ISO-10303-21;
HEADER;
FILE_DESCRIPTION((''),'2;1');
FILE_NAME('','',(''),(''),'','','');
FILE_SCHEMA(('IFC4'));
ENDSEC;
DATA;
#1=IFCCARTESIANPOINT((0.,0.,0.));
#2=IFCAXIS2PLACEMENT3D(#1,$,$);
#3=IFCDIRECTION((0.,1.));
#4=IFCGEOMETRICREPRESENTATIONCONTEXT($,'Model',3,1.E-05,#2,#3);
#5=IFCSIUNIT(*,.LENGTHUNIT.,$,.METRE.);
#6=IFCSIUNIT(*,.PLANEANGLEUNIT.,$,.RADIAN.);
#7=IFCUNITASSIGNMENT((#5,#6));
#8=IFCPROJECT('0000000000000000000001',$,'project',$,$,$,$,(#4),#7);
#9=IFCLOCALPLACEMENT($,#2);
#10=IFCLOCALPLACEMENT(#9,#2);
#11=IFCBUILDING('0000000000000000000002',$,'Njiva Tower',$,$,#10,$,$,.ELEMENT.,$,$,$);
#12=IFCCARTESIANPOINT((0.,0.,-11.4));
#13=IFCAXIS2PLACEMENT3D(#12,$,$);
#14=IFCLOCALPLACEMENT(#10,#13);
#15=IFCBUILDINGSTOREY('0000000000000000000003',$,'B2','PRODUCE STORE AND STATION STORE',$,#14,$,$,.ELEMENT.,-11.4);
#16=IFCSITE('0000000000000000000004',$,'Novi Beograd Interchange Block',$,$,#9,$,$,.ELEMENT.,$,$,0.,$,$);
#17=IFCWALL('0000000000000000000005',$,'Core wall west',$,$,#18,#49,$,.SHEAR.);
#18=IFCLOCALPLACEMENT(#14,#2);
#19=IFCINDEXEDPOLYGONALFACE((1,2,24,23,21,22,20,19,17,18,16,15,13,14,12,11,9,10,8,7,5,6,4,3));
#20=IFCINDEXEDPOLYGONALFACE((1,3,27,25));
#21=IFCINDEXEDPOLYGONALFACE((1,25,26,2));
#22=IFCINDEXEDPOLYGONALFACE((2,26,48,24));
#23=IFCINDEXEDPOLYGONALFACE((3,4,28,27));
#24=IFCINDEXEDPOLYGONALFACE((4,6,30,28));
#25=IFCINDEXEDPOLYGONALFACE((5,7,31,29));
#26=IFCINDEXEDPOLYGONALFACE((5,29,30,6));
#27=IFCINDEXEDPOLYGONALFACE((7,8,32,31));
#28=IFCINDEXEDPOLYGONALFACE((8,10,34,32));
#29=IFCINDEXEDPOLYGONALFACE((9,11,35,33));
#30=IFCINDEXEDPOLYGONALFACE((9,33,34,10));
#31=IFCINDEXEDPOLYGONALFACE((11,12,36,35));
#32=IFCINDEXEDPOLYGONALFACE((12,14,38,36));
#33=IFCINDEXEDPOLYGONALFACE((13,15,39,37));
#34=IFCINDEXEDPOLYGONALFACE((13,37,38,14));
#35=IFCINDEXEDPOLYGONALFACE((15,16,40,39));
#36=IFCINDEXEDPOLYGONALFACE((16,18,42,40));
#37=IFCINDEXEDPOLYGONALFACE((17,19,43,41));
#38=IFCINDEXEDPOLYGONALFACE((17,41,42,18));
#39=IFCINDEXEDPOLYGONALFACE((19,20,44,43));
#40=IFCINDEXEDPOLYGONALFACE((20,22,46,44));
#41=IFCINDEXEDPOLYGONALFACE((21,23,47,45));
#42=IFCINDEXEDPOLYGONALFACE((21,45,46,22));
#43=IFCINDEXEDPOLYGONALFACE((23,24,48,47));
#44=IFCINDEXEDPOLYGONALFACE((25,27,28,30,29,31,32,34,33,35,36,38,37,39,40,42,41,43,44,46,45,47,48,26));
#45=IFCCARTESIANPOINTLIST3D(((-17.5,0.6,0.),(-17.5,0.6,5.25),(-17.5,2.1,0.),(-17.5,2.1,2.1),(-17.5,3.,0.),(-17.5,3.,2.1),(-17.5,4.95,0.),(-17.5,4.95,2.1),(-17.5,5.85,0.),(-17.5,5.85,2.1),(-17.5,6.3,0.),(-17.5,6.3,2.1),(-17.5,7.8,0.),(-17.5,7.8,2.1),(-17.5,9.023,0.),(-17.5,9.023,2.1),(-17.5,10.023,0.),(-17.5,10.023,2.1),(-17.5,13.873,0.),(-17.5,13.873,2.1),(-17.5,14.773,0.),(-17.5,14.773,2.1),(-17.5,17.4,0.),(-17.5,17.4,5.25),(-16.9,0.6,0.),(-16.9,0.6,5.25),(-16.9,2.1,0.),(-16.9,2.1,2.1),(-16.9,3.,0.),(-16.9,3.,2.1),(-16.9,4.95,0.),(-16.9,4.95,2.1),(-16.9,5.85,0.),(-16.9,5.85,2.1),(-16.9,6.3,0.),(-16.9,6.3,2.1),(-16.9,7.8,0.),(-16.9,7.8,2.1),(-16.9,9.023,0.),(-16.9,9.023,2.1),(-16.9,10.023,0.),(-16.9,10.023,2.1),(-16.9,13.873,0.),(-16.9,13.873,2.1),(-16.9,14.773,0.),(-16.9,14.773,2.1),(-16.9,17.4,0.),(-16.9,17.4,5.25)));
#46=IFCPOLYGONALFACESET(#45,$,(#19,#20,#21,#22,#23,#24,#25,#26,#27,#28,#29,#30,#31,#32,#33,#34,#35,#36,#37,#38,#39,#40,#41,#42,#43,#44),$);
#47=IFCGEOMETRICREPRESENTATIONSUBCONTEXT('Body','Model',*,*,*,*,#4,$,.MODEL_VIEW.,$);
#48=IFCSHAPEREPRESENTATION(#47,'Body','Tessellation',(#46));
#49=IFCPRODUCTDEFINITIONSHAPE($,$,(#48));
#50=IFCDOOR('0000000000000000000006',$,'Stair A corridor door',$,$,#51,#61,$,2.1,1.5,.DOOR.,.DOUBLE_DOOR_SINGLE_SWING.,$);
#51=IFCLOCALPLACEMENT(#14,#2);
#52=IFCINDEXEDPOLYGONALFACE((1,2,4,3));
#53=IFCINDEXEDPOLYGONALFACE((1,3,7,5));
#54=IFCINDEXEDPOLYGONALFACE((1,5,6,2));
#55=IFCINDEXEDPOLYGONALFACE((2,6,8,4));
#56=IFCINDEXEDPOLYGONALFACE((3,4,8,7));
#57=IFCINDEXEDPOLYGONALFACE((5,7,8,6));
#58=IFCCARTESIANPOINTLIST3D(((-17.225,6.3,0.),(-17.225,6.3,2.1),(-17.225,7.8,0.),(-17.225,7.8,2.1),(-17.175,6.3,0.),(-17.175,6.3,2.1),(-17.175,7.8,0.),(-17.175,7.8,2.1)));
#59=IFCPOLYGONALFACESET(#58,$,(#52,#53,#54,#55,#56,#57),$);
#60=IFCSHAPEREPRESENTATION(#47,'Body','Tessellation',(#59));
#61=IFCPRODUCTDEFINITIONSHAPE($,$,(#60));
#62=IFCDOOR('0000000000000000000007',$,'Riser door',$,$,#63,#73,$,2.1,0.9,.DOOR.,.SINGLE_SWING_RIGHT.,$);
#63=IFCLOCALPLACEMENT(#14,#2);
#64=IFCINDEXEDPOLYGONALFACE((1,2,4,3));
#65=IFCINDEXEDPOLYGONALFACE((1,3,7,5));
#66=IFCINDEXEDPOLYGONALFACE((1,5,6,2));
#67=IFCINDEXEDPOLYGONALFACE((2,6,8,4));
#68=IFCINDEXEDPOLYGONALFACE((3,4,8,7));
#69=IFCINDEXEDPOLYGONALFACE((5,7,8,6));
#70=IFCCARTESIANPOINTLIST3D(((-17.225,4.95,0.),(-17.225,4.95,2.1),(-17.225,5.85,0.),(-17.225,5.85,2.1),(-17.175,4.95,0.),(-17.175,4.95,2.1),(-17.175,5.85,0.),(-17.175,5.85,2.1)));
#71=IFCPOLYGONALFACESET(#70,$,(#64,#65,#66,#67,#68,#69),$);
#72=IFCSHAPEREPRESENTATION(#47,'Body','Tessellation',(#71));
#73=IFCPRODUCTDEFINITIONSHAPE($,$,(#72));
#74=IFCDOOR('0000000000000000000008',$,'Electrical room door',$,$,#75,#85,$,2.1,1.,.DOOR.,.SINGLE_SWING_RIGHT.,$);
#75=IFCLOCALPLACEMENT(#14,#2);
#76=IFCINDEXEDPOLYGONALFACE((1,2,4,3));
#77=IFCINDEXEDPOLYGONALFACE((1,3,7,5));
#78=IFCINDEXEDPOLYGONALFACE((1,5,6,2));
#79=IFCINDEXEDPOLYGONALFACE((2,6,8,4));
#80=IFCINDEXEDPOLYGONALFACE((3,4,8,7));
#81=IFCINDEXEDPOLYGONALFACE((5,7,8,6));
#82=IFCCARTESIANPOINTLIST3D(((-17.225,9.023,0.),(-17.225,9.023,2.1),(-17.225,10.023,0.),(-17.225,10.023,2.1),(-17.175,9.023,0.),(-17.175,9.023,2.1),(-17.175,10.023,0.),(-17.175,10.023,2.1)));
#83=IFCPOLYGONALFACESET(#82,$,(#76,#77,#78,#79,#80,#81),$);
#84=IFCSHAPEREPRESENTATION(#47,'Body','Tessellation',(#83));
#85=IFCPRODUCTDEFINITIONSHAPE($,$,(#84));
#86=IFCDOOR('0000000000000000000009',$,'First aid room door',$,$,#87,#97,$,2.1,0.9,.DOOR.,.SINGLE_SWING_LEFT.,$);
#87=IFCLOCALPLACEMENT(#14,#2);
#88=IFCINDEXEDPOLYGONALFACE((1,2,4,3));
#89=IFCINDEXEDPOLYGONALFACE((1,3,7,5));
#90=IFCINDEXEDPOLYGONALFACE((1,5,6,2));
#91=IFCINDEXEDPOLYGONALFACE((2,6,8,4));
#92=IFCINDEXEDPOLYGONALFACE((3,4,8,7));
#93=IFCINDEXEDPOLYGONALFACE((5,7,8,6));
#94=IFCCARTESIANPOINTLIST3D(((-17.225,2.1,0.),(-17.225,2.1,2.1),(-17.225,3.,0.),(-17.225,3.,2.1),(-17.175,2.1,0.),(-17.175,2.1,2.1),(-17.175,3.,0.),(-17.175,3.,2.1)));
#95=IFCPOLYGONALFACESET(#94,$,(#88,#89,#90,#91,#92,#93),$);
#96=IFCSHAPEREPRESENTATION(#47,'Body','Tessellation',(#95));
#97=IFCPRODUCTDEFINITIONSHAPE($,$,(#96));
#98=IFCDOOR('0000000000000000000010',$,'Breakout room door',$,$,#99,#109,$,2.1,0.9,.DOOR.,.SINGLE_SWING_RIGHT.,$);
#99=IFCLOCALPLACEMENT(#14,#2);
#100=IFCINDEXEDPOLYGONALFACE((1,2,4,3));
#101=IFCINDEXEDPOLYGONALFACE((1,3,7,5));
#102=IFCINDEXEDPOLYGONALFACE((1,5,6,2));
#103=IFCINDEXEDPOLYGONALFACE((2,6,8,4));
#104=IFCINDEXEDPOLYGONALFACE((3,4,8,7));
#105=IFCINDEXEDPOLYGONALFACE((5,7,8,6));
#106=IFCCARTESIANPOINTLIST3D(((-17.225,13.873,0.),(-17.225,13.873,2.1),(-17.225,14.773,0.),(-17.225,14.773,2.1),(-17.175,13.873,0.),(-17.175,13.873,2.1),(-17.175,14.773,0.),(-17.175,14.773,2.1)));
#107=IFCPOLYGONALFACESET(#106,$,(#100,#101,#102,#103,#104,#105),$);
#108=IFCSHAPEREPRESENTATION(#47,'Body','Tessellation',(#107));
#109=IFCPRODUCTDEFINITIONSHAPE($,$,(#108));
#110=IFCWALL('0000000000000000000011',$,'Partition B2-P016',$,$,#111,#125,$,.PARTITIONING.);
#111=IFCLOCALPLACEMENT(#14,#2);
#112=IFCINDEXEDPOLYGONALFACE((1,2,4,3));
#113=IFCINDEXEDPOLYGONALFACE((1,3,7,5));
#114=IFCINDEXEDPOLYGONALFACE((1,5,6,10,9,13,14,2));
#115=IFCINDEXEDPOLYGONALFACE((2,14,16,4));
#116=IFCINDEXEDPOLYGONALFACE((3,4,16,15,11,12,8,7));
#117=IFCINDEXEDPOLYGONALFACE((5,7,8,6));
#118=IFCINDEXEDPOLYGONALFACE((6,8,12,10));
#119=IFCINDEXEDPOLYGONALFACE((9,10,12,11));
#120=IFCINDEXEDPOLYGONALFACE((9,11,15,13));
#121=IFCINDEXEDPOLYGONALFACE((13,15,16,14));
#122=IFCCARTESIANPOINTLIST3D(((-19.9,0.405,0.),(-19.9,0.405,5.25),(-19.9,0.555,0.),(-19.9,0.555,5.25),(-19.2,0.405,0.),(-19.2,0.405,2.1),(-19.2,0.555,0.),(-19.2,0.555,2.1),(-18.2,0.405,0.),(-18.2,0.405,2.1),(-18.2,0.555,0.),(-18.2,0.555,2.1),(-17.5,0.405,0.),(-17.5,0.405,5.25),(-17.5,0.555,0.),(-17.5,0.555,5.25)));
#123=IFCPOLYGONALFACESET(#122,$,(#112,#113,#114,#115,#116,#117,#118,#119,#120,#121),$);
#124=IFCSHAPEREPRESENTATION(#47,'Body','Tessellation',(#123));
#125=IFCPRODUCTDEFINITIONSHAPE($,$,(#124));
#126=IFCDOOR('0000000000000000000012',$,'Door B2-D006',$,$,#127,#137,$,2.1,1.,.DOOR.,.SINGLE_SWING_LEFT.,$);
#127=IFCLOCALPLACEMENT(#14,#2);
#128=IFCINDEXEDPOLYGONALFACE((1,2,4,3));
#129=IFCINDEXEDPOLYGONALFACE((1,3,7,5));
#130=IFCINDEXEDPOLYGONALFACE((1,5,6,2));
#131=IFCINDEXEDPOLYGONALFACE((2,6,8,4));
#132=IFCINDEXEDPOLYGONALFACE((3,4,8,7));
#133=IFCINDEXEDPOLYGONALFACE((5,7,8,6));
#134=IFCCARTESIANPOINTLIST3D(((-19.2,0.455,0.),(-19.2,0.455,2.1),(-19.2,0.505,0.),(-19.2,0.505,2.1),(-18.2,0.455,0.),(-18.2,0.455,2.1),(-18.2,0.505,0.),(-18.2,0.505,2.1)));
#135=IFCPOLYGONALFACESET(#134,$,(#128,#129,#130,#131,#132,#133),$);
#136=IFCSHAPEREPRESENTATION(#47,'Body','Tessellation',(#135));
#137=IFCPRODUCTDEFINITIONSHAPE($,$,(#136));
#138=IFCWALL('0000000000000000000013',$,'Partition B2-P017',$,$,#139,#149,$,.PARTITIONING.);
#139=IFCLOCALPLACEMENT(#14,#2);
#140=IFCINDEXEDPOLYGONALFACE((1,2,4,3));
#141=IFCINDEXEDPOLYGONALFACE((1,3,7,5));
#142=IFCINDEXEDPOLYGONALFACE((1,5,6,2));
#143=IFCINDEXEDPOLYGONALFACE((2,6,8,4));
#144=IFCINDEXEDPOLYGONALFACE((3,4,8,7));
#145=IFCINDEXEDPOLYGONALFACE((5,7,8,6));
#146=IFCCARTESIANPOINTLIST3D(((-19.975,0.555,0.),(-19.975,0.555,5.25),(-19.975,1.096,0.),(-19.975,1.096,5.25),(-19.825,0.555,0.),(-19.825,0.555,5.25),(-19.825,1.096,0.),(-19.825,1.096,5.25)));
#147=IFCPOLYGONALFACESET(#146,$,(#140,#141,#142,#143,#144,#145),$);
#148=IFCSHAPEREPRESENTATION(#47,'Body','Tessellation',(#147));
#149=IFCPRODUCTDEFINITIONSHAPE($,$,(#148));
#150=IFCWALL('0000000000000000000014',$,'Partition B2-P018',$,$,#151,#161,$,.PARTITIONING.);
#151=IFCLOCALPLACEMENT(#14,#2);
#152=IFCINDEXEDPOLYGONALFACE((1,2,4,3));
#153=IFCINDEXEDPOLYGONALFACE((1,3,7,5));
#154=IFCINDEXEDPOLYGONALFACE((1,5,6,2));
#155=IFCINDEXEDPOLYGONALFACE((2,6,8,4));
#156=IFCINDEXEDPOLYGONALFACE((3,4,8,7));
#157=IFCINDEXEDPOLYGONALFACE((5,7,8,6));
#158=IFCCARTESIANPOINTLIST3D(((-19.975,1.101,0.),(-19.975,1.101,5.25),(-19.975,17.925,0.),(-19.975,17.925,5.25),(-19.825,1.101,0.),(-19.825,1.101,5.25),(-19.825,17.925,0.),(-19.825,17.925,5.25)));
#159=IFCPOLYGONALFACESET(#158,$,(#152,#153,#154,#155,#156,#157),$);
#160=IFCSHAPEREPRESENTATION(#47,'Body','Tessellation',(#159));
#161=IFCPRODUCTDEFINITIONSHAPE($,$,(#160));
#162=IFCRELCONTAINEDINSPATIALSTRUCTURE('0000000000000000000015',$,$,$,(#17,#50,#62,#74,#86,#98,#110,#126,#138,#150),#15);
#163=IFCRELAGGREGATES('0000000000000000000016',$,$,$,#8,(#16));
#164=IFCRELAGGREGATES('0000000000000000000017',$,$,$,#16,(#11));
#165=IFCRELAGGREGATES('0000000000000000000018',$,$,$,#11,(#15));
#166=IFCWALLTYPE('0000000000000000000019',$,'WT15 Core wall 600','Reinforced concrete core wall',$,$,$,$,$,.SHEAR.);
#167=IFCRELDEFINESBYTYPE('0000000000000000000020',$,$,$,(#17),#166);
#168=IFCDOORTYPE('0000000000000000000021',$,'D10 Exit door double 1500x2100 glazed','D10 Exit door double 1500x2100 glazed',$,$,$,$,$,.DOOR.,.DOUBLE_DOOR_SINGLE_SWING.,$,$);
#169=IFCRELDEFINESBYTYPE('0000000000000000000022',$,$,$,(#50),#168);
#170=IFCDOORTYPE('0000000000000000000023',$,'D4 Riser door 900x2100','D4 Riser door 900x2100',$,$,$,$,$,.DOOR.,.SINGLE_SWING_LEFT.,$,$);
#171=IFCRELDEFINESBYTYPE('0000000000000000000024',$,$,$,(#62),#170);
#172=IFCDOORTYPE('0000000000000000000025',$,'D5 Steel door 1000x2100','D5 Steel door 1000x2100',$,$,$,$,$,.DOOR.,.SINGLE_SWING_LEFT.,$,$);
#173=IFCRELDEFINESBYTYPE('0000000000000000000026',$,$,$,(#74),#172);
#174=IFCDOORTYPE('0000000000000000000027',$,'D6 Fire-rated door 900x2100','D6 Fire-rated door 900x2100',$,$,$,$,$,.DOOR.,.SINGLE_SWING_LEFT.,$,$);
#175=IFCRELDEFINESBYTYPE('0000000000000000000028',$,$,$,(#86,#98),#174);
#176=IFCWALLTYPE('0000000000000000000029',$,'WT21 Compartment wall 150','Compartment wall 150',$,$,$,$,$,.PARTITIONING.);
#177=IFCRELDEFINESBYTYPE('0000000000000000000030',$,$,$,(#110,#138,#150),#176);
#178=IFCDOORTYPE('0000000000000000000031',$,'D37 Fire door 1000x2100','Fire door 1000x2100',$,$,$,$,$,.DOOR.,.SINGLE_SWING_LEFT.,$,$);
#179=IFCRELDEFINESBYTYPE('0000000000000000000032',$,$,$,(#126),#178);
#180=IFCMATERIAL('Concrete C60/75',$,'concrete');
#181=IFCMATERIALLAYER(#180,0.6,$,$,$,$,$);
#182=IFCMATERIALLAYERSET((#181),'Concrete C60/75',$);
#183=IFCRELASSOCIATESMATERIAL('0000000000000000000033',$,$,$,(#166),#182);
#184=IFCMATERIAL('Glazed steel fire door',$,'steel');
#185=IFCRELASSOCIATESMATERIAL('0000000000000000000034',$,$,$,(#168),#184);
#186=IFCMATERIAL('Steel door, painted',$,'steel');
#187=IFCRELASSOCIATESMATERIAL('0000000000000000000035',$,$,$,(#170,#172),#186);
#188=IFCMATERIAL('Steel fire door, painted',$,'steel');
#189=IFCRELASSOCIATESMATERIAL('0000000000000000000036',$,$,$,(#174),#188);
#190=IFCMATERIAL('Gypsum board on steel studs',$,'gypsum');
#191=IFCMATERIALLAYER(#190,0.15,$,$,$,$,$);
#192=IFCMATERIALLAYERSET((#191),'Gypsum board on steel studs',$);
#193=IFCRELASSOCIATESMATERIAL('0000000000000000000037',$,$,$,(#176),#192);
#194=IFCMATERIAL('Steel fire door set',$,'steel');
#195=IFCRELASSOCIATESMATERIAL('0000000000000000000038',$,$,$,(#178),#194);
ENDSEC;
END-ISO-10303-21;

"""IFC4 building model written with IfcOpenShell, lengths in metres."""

from ifc_helpers import new_model, si_unit, direction, frame, frame_2d, origin, place, context, subcontext, project, spatial, rectangle, extrude, material, layer, layer_set, type_object, element, fill, save


model = new_model("IFC4")

# Units and contexts
model_context = context("Model", 3, precision=1e-05, world=origin(), true_north=direction((0.0, 1.0)))
body_context = subcontext(model_context, "Body", "Model", "MODEL_VIEW")
ifc_project = project(units=[si_unit("LENGTHUNIT", "METRE"), si_unit("PLANEANGLEUNIT", "RADIAN")], contexts=[model_context])

# Site, building, storey
site_placement = place(None, origin())
site = spatial("IfcSite", under=ifc_project, at=site_placement, Name="Novi Beograd Interchange Block", CompositionType="ELEMENT", RefElevation=0.0)
building_placement = place(site_placement, origin())
building = spatial("IfcBuilding", under=site, at=building_placement, Name="Njiva Tower", CompositionType="ELEMENT")
storey_placement = place(building_placement, frame((0.0, 0.0, -11.4)))
storey = spatial("IfcBuildingStorey", under=building, at=storey_placement, Name="B2", Description="PRODUCE STORE AND STATION STORE", CompositionType="ELEMENT", Elevation=-11.4)

# Shared definitions
ifc_material_1 = material(Name="Concrete C60/75", Category="concrete")
ifc_layer_1 = layer(ifc_material_1, 0.6)
ifc_layer_set_1 = layer_set([ifc_layer_1], Name="Concrete C60/75")
wall_type_1 = type_object("IfcWallType", Name="WT15 Core wall 600", Description="Reinforced concrete core wall", PredefinedType="SHEAR", material=ifc_layer_set_1)

# Wall, openings, doors
wall_1_placement = place(storey_placement, frame((-17.2, 0.6, 0.0), z_axis=(0.0, 0.0, 1.0), x_axis=(0.0, 1.0, 0.0)))
wall_1 = element("IfcWall", 1, at=wall_1_placement, inside=storey, type_object=wall_type_1, Name="Core wall west", PredefinedType="SHEAR", context=body_context, shape_type="SweptSolid", body=[
    extrude(rectangle(XDim=16.8, YDim=0.6, at=frame_2d((8.4, 0.0))), origin(), (0.0, 0.0, 1.0), 5.25),
])
opening_1_placement = place(wall_1_placement, frame((5.7, 0.0, 0.0)))
opening_1 = element("IfcOpeningElement", 2, at=opening_1_placement, cuts=wall_1, PredefinedType="OPENING", context=body_context, shape_type="SweptSolid", body=[
    extrude(rectangle(XDim=1.5, YDim=2.1, at=frame_2d((0.75, 1.05))), frame((0.0, 0.31, 0.0), z_axis=(0.0, -1.0, 0.0), x_axis=(1.0, 0.0, 0.0)), (0.0, 0.0, 1.0), 0.62),
])
opening_2_placement = place(wall_1_placement, frame((1.5, 0.0, 0.0)))
opening_2 = element("IfcOpeningElement", 3, at=opening_2_placement, cuts=wall_1, PredefinedType="OPENING", context=body_context, shape_type="SweptSolid", body=[
    extrude(rectangle(XDim=0.9, YDim=2.1, at=frame_2d((0.45, 1.05))), frame((0.0, 0.31, 0.0), z_axis=(0.0, -1.0, 0.0), x_axis=(1.0, 0.0, 0.0)), (0.0, 0.0, 1.0), 0.62),
])
opening_3_placement = place(wall_1_placement, frame((4.35, 0.0, 0.0)))
opening_3 = element("IfcOpeningElement", 4, at=opening_3_placement, cuts=wall_1, PredefinedType="OPENING", context=body_context, shape_type="SweptSolid", body=[
    extrude(rectangle(XDim=0.9, YDim=2.1, at=frame_2d((0.45, 1.05))), frame((0.0, 0.31, 0.0), z_axis=(0.0, -1.0, 0.0), x_axis=(1.0, 0.0, 0.0)), (0.0, 0.0, 1.0), 0.62),
])
opening_4_placement = place(wall_1_placement, frame((8.423, 0.0, 0.0)))
opening_4 = element("IfcOpeningElement", 5, at=opening_4_placement, cuts=wall_1, PredefinedType="OPENING", context=body_context, shape_type="SweptSolid", body=[
    extrude(rectangle(XDim=1.0, YDim=2.1, at=frame_2d((0.5, 1.05))), frame((0.0, 0.31, 0.0), z_axis=(0.0, -1.0, 0.0), x_axis=(1.0, 0.0, 0.0)), (0.0, 0.0, 1.0), 0.62),
])
opening_5_placement = place(wall_1_placement, frame((13.273, 0.0, 0.0)))
opening_5 = element("IfcOpeningElement", 6, at=opening_5_placement, cuts=wall_1, PredefinedType="OPENING", context=body_context, shape_type="SweptSolid", body=[
    extrude(rectangle(XDim=0.9, YDim=2.1, at=frame_2d((0.45, 1.05))), frame((0.0, 0.31, 0.0), z_axis=(0.0, -1.0, 0.0), x_axis=(1.0, 0.0, 0.0)), (0.0, 0.0, 1.0), 0.62),
])
ifc_material_2 = material(Name="Glazed steel fire door", Category="steel")
door_type_1 = type_object("IfcDoorType", Name="D10 Exit door double 1500x2100 glazed", Description="D10 Exit door double 1500x2100 glazed", OperationType="DOUBLE_DOOR_SINGLE_SWING", PredefinedType="DOOR", material=ifc_material_2)
door_1_placement = place(opening_1_placement, origin())
door_1 = element("IfcDoor", 7, at=door_1_placement, inside=storey, type_object=door_type_1, Name="Stair A corridor door", OperationType="DOUBLE_DOOR_SINGLE_SWING", OverallHeight=2.1, OverallWidth=1.5, PredefinedType="DOOR", context=body_context, shape_type="SweptSolid", body=[
    extrude(rectangle(XDim=1.5, YDim=2.1, at=frame_2d((0.75, 1.05))), frame((0.0, 0.025, 0.0), z_axis=(0.0, -1.0, 0.0), x_axis=(1.0, 0.0, 0.0)), (0.0, 0.0, 1.0), 0.05),
])
fill(opening_1, door_1)
ifc_material_3 = material(Name="Steel door, painted", Category="steel")
door_type_2 = type_object("IfcDoorType", Name="D4 Riser door 900x2100", Description="D4 Riser door 900x2100", OperationType="SINGLE_SWING_LEFT", PredefinedType="DOOR", material=ifc_material_3)
door_2_placement = place(opening_3_placement, origin())
door_2 = element("IfcDoor", 8, at=door_2_placement, inside=storey, type_object=door_type_2, Name="Riser door", OperationType="SINGLE_SWING_RIGHT", OverallHeight=2.1, OverallWidth=0.9, PredefinedType="DOOR", context=body_context, shape_type="SweptSolid", body=[
    extrude(rectangle(XDim=0.9, YDim=2.1, at=frame_2d((0.45, 1.05))), frame((0.0, 0.025, 0.0), z_axis=(0.0, -1.0, 0.0), x_axis=(1.0, 0.0, 0.0)), (0.0, 0.0, 1.0), 0.05),
])
fill(opening_3, door_2)
door_type_3 = type_object("IfcDoorType", Name="D5 Steel door 1000x2100", Description="D5 Steel door 1000x2100", OperationType="SINGLE_SWING_LEFT", PredefinedType="DOOR", material=ifc_material_3)
door_3_placement = place(opening_4_placement, origin())
door_3 = element("IfcDoor", 9, at=door_3_placement, inside=storey, type_object=door_type_3, Name="Electrical room door", OperationType="SINGLE_SWING_RIGHT", OverallHeight=2.1, OverallWidth=1.0, PredefinedType="DOOR", context=body_context, shape_type="SweptSolid", body=[
    extrude(rectangle(XDim=1.0, YDim=2.1, at=frame_2d((0.5, 1.05))), frame((0.0, 0.025, 0.0), z_axis=(0.0, -1.0, 0.0), x_axis=(1.0, 0.0, 0.0)), (0.0, 0.0, 1.0), 0.05),
])
fill(opening_4, door_3)
ifc_material_4 = material(Name="Steel fire door, painted", Category="steel")
door_type_4 = type_object("IfcDoorType", Name="D6 Fire-rated door 900x2100", Description="D6 Fire-rated door 900x2100", OperationType="SINGLE_SWING_LEFT", PredefinedType="DOOR", material=ifc_material_4)
door_4_placement = place(opening_2_placement, origin())
door_4 = element("IfcDoor", 10, at=door_4_placement, inside=storey, type_object=door_type_4, Name="First aid room door", OperationType="SINGLE_SWING_LEFT", OverallHeight=2.1, OverallWidth=0.9, PredefinedType="DOOR", context=body_context, shape_type="SweptSolid", body=[
    extrude(rectangle(XDim=0.9, YDim=2.1, at=frame_2d((0.45, 1.05))), frame((0.0, 0.025, 0.0), z_axis=(0.0, -1.0, 0.0), x_axis=(1.0, 0.0, 0.0)), (0.0, 0.0, 1.0), 0.05),
])
fill(opening_2, door_4)
door_5_placement = place(opening_5_placement, origin())
door_5 = element("IfcDoor", 11, at=door_5_placement, inside=storey, type_object=door_type_4, Name="Breakout room door", OperationType="SINGLE_SWING_RIGHT", OverallHeight=2.1, OverallWidth=0.9, PredefinedType="DOOR", context=body_context, shape_type="SweptSolid", body=[
    extrude(rectangle(XDim=0.9, YDim=2.1, at=frame_2d((0.45, 1.05))), frame((0.0, 0.025, 0.0), z_axis=(0.0, -1.0, 0.0), x_axis=(1.0, 0.0, 0.0)), (0.0, 0.0, 1.0), 0.05),
])
fill(opening_5, door_5)

# Wall, opening, door
ifc_material_5 = material(Name="Gypsum board on steel studs", Category="gypsum")
ifc_layer_2 = layer(ifc_material_5, 0.15)
ifc_layer_set_2 = layer_set([ifc_layer_2], Name="Gypsum board on steel studs")
wall_type_2 = type_object("IfcWallType", Name="WT21 Compartment wall 150", Description="Compartment wall 150", PredefinedType="PARTITIONING", material=ifc_layer_set_2)
wall_2_placement = place(storey_placement, frame((-19.9, 0.48, 0.0), z_axis=(0.0, 0.0, 1.0), x_axis=(1.0, 0.0, 0.0)))
wall_2 = element("IfcWall", 12, at=wall_2_placement, inside=storey, type_object=wall_type_2, Name="Partition B2-P016", PredefinedType="PARTITIONING", context=body_context, shape_type="SweptSolid", body=[
    extrude(rectangle(XDim=2.4, YDim=0.15, at=frame_2d((1.2, 0.0))), origin(), (0.0, 0.0, 1.0), 5.25),
])
opening_6_placement = place(wall_2_placement, frame((0.7, 0.0, 0.0)))
opening_6 = element("IfcOpeningElement", 13, at=opening_6_placement, cuts=wall_2, PredefinedType="OPENING", context=body_context, shape_type="SweptSolid", body=[
    extrude(rectangle(XDim=1.0, YDim=2.1, at=frame_2d((0.5, 1.05))), frame((0.0, 0.085, 0.0), z_axis=(0.0, -1.0, 0.0), x_axis=(1.0, 0.0, 0.0)), (0.0, 0.0, 1.0), 0.17),
])
ifc_material_6 = material(Name="Steel fire door set", Category="steel")
door_type_5 = type_object("IfcDoorType", Name="D37 Fire door 1000x2100", Description="Fire door 1000x2100", OperationType="SINGLE_SWING_LEFT", PredefinedType="DOOR", material=ifc_material_6)
door_6_placement = place(opening_6_placement, origin())
door_6 = element("IfcDoor", 14, at=door_6_placement, inside=storey, type_object=door_type_5, Name="Door B2-D006", OperationType="SINGLE_SWING_LEFT", OverallHeight=2.1, OverallWidth=1.0, PredefinedType="DOOR", context=body_context, shape_type="SweptSolid", body=[
    extrude(rectangle(XDim=1.0, YDim=2.1, at=frame_2d((0.5, 1.05))), frame((0.0, 0.025, 0.0), z_axis=(0.0, -1.0, 0.0), x_axis=(1.0, 0.0, 0.0)), (0.0, 0.0, 1.0), 0.05),
])
fill(opening_6, door_6)

# Walls
wall_3_placement = place(storey_placement, frame((-19.9, 0.555, 0.0), z_axis=(0.0, 0.0, 1.0), x_axis=(0.0, 1.0, 0.0)))
element("IfcWall", 15, at=wall_3_placement, inside=storey, type_object=wall_type_2, Name="Partition B2-P017", PredefinedType="PARTITIONING", context=body_context, shape_type="SweptSolid", body=[
    extrude(rectangle(XDim=0.541, YDim=0.15, at=frame_2d((0.2705, 0.0))), origin(), (0.0, 0.0, 1.0), 5.25),
])
wall_4_placement = place(storey_placement, frame((-19.9, 1.101, 0.0), z_axis=(0.0, 0.0, 1.0), x_axis=(0.0, 1.0, 0.0)))
element("IfcWall", 16, at=wall_4_placement, inside=storey, type_object=wall_type_2, Name="Partition B2-P018", PredefinedType="PARTITIONING", context=body_context, shape_type="SweptSolid", body=[
    extrude(rectangle(XDim=16.824, YDim=0.15, at=frame_2d((8.412, 0.0))), origin(), (0.0, 0.0, 1.0), 5.25),
])

save(model, "model.ifc")
